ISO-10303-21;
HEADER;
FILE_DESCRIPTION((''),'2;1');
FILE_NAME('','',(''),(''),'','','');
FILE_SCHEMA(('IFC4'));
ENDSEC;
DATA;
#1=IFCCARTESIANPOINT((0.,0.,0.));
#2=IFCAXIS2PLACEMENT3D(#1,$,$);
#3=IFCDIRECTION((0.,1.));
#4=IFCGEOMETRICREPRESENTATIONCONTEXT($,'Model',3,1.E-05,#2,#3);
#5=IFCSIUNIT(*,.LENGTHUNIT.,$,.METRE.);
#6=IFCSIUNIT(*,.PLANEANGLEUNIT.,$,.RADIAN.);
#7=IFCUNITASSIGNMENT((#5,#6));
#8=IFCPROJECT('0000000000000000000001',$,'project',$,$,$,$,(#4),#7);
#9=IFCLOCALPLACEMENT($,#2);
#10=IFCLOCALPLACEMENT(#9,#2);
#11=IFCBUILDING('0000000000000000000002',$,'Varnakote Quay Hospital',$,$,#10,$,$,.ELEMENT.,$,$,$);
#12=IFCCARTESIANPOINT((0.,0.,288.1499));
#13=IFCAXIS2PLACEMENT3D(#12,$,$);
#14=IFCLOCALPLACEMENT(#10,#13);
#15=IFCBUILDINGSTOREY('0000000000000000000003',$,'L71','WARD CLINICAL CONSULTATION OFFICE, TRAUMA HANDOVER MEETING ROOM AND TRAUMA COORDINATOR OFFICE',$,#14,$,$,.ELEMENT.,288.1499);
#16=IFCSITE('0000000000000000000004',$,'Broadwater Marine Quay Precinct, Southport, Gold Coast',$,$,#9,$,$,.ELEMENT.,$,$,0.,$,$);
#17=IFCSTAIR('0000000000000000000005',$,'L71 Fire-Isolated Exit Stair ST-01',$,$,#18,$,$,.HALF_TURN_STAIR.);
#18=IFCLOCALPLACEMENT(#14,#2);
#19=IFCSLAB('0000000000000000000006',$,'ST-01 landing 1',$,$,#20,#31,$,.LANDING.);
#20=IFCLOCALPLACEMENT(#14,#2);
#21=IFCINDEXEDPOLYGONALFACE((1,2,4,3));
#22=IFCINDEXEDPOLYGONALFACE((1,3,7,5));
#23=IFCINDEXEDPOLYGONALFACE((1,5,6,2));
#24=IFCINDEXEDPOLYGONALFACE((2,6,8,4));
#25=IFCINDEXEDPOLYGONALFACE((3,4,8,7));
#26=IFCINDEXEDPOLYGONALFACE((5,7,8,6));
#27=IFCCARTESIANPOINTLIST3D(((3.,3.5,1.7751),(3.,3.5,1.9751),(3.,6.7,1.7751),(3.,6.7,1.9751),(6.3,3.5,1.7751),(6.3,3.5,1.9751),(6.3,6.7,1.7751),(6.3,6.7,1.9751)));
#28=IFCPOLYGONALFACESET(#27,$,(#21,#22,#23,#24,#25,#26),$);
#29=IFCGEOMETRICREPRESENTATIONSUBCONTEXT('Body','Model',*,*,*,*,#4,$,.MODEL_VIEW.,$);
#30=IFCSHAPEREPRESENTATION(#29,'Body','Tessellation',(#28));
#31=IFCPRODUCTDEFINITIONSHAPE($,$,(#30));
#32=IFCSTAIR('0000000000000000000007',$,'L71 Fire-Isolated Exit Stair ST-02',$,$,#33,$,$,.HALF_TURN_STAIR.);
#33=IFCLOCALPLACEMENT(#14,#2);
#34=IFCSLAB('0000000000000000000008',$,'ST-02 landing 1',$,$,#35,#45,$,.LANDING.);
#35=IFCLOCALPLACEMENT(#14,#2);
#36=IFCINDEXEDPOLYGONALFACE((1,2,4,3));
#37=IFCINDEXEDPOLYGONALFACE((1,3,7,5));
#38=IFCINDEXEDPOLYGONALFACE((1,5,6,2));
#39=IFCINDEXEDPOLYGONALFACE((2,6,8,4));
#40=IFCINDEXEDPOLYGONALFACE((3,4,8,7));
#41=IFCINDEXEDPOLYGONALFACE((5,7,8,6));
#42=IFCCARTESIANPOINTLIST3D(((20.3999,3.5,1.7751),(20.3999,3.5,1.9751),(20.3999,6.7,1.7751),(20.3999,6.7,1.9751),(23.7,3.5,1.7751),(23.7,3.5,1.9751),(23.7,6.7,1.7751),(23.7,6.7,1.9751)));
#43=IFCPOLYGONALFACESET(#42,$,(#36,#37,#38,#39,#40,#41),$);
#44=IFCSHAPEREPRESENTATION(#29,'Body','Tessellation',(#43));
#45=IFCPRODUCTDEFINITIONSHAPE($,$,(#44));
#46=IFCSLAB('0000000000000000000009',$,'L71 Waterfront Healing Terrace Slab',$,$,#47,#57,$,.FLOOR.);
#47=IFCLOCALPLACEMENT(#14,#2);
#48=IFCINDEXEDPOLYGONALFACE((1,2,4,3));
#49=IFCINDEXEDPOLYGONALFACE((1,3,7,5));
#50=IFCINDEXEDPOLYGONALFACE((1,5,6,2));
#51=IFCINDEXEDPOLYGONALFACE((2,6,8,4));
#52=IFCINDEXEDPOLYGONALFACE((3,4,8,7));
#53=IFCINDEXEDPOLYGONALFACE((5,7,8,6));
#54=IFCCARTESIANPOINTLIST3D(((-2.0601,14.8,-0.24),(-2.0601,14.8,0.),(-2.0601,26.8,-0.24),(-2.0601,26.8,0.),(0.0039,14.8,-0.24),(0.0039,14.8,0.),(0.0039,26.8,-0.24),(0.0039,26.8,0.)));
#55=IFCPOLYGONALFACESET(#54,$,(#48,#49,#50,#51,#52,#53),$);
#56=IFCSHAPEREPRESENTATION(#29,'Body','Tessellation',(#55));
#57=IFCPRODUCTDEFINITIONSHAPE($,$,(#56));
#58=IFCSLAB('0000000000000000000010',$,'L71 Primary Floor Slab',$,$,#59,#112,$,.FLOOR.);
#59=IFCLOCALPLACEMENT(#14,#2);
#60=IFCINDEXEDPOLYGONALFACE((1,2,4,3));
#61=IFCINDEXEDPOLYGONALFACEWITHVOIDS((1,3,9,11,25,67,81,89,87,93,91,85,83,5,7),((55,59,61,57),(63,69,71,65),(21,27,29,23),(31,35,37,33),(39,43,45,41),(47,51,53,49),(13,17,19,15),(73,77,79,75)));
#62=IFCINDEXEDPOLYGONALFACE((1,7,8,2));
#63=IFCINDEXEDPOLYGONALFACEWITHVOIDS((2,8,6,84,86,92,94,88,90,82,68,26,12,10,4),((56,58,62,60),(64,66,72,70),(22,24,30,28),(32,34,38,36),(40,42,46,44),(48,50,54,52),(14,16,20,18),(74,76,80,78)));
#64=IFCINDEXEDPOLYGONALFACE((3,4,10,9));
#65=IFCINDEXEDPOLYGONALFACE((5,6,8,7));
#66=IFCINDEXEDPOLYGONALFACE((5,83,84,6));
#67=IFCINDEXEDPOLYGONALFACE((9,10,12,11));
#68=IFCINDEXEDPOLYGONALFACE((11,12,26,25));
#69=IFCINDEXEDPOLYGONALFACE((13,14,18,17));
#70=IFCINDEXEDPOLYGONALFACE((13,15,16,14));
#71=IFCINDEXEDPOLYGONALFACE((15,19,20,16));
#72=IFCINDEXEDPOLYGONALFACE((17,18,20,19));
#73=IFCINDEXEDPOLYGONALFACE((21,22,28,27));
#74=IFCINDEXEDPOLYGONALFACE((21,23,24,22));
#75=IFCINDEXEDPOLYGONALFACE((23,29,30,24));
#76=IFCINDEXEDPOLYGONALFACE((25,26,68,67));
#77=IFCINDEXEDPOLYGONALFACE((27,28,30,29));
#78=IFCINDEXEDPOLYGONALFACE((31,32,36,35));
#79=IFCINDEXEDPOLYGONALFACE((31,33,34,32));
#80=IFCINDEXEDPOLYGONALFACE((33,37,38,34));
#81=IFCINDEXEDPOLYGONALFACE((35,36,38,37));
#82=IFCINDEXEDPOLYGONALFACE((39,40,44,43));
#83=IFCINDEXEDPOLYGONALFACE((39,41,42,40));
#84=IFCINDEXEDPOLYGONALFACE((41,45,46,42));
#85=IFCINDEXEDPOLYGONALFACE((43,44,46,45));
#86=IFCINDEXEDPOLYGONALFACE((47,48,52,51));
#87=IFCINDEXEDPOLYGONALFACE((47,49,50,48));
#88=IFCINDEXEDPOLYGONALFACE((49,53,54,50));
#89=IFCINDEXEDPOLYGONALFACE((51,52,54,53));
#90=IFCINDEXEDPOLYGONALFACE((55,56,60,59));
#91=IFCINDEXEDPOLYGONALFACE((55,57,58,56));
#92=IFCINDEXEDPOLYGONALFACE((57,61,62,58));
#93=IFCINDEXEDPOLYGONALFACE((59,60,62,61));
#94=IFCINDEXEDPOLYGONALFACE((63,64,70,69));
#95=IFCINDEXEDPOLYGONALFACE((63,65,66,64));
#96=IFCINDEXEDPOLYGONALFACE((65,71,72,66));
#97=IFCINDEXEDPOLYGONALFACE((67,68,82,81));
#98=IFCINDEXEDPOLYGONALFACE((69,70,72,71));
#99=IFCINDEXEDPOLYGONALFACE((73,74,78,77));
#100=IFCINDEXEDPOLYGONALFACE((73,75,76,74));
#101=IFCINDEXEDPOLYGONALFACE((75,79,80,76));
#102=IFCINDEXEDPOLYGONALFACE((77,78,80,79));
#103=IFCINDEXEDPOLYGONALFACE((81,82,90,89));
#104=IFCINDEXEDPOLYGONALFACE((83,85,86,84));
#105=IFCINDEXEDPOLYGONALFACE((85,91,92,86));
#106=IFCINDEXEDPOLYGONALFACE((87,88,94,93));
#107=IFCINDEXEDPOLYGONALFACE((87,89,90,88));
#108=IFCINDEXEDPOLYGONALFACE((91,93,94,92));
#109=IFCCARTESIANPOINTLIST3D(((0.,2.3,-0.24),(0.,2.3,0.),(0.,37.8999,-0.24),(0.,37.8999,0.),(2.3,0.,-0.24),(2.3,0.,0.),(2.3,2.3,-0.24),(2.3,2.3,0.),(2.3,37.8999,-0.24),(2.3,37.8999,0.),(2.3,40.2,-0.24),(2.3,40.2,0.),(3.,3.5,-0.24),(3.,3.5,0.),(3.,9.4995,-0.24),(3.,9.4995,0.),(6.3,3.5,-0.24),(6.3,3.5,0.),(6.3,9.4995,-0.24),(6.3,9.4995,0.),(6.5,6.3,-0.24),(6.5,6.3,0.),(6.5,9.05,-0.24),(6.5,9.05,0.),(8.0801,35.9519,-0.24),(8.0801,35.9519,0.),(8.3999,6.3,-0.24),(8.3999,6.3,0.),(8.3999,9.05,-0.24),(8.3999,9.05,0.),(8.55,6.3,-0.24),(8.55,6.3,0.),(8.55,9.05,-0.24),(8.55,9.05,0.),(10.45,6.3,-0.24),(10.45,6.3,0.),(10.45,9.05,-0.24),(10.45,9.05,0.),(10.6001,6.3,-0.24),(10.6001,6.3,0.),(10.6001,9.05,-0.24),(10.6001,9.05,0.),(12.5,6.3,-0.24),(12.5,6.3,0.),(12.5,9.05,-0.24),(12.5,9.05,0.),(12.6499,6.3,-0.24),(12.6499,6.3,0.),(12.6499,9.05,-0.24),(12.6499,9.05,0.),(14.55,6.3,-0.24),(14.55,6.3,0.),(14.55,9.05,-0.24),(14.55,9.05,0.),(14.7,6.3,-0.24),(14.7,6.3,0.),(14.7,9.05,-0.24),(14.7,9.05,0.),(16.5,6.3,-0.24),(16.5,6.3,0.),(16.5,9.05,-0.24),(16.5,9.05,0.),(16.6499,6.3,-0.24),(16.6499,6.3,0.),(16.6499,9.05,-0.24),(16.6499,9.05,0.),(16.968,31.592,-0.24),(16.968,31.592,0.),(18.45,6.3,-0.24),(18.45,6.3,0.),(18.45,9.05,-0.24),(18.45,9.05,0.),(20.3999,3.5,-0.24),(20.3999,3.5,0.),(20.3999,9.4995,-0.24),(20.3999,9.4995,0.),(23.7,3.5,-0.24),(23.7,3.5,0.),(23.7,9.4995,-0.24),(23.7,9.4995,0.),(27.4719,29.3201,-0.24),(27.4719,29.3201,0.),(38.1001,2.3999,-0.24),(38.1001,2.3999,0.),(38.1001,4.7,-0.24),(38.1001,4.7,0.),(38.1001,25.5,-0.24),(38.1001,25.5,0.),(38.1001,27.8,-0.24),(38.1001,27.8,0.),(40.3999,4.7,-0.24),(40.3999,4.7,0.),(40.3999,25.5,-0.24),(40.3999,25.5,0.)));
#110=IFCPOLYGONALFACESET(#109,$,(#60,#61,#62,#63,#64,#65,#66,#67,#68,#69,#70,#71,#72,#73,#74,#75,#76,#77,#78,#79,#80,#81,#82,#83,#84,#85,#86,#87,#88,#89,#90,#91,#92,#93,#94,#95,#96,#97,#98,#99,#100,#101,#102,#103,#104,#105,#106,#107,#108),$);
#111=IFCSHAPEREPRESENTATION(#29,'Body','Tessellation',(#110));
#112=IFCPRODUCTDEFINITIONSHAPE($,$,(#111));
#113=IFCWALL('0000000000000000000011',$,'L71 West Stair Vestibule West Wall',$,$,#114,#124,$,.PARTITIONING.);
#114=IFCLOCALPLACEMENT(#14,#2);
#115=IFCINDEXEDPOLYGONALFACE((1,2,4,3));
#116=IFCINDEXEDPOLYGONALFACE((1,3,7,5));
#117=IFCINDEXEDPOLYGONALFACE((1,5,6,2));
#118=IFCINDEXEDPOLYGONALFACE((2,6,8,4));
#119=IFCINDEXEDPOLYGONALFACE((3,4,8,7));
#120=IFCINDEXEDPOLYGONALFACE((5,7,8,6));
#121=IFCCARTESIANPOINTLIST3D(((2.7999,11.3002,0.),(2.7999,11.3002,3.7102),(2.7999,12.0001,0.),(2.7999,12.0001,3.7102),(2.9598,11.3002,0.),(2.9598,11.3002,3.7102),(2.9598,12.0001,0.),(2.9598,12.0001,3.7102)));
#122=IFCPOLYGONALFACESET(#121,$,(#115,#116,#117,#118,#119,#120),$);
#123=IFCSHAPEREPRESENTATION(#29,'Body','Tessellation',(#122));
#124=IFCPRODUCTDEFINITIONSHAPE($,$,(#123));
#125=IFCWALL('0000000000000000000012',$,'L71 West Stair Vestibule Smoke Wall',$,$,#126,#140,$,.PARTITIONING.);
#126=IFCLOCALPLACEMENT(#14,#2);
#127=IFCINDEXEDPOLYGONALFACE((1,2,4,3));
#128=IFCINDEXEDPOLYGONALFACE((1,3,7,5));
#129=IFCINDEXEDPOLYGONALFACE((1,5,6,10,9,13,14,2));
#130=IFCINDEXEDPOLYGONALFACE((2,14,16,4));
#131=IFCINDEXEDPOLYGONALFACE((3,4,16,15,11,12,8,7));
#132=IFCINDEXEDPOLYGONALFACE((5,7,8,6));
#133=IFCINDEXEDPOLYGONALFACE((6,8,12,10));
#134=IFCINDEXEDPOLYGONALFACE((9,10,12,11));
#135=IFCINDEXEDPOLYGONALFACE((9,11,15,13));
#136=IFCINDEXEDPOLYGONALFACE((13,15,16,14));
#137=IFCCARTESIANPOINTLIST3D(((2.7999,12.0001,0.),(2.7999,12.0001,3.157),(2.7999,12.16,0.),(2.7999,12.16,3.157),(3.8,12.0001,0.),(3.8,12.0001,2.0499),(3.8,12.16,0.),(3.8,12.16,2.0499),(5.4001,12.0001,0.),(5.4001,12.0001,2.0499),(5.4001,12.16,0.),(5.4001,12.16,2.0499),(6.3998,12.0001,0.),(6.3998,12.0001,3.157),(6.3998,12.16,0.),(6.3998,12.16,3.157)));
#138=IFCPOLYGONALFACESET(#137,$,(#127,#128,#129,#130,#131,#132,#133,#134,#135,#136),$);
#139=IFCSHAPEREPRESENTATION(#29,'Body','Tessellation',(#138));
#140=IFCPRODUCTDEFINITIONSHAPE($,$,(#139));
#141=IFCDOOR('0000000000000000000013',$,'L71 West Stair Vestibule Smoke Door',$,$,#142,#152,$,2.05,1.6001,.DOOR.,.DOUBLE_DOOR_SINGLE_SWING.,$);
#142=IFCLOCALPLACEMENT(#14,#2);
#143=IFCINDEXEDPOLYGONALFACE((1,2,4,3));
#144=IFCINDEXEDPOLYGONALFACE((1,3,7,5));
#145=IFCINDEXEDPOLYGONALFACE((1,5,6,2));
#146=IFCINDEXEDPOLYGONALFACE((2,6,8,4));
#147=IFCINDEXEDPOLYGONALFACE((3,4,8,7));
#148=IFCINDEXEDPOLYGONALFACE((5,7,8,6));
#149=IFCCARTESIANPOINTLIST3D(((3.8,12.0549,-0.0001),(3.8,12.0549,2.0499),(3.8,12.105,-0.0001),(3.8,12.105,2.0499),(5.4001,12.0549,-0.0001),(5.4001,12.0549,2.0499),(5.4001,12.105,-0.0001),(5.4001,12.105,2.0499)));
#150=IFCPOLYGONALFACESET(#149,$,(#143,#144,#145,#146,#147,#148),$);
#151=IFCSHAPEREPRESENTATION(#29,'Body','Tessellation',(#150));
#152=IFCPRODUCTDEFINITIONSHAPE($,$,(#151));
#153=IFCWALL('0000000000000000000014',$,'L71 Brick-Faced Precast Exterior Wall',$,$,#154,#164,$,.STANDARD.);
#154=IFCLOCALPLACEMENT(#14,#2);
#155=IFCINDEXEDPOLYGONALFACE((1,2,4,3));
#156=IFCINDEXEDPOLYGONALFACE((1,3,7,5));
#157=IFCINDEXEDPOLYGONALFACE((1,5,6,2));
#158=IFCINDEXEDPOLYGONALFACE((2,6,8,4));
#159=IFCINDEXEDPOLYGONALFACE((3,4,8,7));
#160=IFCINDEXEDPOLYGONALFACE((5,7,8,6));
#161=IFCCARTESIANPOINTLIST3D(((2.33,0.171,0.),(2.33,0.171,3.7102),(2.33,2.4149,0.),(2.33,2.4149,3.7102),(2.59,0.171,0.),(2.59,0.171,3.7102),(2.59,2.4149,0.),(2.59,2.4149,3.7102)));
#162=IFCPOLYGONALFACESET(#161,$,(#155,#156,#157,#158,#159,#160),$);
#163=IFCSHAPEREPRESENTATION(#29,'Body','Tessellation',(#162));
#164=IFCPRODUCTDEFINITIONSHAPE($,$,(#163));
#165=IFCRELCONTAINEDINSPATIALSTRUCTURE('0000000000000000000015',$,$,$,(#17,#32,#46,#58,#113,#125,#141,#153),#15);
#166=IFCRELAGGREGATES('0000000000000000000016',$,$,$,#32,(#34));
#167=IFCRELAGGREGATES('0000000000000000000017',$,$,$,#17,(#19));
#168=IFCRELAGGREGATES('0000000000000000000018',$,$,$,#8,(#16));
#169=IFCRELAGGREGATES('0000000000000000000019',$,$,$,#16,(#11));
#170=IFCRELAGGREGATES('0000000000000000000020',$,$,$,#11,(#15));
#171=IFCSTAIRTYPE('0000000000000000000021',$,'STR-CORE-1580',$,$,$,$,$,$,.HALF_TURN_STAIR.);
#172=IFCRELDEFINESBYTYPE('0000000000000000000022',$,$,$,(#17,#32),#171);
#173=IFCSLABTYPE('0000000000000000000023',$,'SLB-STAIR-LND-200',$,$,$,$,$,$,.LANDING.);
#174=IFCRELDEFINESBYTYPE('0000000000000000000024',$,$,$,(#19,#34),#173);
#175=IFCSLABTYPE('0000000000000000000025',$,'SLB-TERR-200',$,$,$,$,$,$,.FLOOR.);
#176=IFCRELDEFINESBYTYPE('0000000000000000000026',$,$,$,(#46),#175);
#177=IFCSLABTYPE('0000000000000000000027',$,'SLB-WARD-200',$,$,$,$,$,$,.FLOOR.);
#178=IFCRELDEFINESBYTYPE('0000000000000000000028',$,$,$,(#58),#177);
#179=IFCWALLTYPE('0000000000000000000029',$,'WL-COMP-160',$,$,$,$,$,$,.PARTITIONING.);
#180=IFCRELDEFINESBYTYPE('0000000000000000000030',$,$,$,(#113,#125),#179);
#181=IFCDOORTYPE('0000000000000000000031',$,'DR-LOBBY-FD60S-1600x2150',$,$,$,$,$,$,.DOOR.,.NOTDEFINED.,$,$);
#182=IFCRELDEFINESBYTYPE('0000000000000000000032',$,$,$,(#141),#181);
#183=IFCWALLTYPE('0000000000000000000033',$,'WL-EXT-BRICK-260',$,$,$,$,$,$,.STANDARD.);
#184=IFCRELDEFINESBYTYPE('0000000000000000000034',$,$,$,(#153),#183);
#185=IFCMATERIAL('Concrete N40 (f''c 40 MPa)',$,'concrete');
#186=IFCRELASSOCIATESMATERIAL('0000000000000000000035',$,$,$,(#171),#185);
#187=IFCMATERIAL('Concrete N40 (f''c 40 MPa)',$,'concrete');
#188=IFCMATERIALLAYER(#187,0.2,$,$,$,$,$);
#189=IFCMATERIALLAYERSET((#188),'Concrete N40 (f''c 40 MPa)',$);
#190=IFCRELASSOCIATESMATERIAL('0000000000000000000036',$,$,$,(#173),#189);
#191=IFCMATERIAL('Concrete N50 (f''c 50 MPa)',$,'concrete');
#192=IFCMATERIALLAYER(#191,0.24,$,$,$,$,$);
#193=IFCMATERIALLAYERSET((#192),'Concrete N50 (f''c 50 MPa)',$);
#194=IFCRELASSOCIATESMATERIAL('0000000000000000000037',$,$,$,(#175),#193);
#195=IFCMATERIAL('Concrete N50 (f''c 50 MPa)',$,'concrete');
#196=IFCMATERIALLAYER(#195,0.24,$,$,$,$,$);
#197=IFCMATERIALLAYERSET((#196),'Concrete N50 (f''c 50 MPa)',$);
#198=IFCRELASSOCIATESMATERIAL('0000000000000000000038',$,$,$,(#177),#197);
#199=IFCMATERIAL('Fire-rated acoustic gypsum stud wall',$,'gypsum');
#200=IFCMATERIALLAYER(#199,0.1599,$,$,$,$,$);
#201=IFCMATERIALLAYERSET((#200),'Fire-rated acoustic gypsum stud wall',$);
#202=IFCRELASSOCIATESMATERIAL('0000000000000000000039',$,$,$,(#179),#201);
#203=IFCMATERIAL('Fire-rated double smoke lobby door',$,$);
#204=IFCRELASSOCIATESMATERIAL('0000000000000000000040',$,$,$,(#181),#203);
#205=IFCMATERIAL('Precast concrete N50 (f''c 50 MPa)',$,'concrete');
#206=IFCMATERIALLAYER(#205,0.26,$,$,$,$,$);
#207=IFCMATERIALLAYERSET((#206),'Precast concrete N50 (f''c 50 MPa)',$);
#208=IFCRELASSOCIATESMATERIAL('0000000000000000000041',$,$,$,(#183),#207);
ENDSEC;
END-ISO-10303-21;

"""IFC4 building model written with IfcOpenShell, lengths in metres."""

from ifc_helpers import new_model, si_unit, direction, frame, frame_2d, origin, place, context, subcontext, project, spatial, polyline, rectangle, outline, extrude, material, layer, layer_set, type_object, element, fill, aggregate, save


model = new_model("IFC4")

# Units and contexts
model_context = context("Model", 3, precision=1e-05, world=origin(), true_north=direction((0.0, 1.0)))
body_context = subcontext(model_context, "Body", "Model", "MODEL_VIEW")
ifc_project = project(units=[si_unit("LENGTHUNIT", "METRE"), si_unit("PLANEANGLEUNIT", "RADIAN")], contexts=[model_context])

# Site, building, storey
site_placement = place(None, origin())
site = spatial("IfcSite", under=ifc_project, at=site_placement, Name="Broadwater Marine Quay Precinct, Southport, Gold Coast", CompositionType="ELEMENT", RefElevation=0.0)
building_placement = place(site_placement, origin())
building = spatial("IfcBuilding", under=site, at=building_placement, Name="Varnakote Quay Hospital", CompositionType="ELEMENT")
storey_placement = place(building_placement, frame((0.0, 0.0, 288.1499)))
storey = spatial("IfcBuildingStorey", under=building, at=storey_placement, Name="L71", Description="WARD CLINICAL CONSULTATION OFFICE, TRAUMA HANDOVER MEETING ROOM AND TRAUMA COORDINATOR OFFICE", CompositionType="ELEMENT", Elevation=288.1499)

# Stairs, slabs
ifc_material_1 = material(Name="Concrete N40 (f'c 40 MPa)", Category="concrete")
stair_type = type_object("IfcStairType", Name="STR-CORE-1580", PredefinedType="HALF_TURN_STAIR", material=ifc_material_1)
stair_1_placement = place(storey_placement, origin())
stair_1 = element("IfcStair", 1, at=stair_1_placement, inside=storey, type_object=stair_type, Name="L71 Fire-Isolated Exit Stair ST-01", PredefinedType="HALF_TURN_STAIR")
ifc_material_2 = material(Name="Concrete N40 (f'c 40 MPa)", Category="concrete")
ifc_layer_1 = layer(ifc_material_2, 0.2)
ifc_layer_set_1 = layer_set([ifc_layer_1], Name="Concrete N40 (f'c 40 MPa)")
slab_type_1 = type_object("IfcSlabType", Name="SLB-STAIR-LND-200", PredefinedType="LANDING", material=ifc_layer_set_1)
slab_1_placement = place(storey_placement, frame((0.0, 0.0, 1.7751)))
slab_1 = element("IfcSlab", 2, at=slab_1_placement, type_object=slab_type_1, Name="ST-01 landing 1", PredefinedType="LANDING", context=body_context, shape_type="SweptSolid", body=[
    extrude(outline(polyline([(3.0, 6.7), (3.0, 3.5), (6.3, 3.5), (6.3, 6.7), (3.0, 6.7)])), origin(), (0.0, 0.0, 1.0), 0.2),
])
stair_2_placement = place(storey_placement, origin())
stair_2 = element("IfcStair", 3, at=stair_2_placement, inside=storey, type_object=stair_type, Name="L71 Fire-Isolated Exit Stair ST-02", PredefinedType="HALF_TURN_STAIR")
slab_2_placement = place(storey_placement, frame((0.0, 0.0, 1.7751)))
slab_2 = element("IfcSlab", 4, at=slab_2_placement, type_object=slab_type_1, Name="ST-02 landing 1", PredefinedType="LANDING", context=body_context, shape_type="SweptSolid", body=[
    extrude(outline(polyline([(20.3999, 6.7), (20.3999, 3.5), (23.7, 3.5), (23.7, 6.7), (20.3999, 6.7)])), origin(), (0.0, 0.0, 1.0), 0.2),
])
aggregate(stair_2, [slab_2])

# Slabs
ifc_material_3 = material(Name="Concrete N50 (f'c 50 MPa)", Category="concrete")
ifc_layer_2 = layer(ifc_material_3, 0.24)
ifc_layer_set_2 = layer_set([ifc_layer_2], Name="Concrete N50 (f'c 50 MPa)")
slab_type_2 = type_object("IfcSlabType", Name="SLB-TERR-200", PredefinedType="FLOOR", material=ifc_layer_set_2)
slab_3_placement = place(storey_placement, frame((0.0, 0.0, -0.24)))
element("IfcSlab", 5, at=slab_3_placement, inside=storey, type_object=slab_type_2, Name="L71 Waterfront Healing Terrace Slab", PredefinedType="FLOOR", context=body_context, shape_type="SweptSolid", body=[
    extrude(outline(polyline([(0.0039, 14.8), (0.0039, 26.8), (-2.0601, 26.8), (-2.0601, 14.8), (0.0039, 14.8)])), origin(), (0.0, 0.0, 1.0), 0.24),
])
ifc_material_4 = material(Name="Concrete N50 (f'c 50 MPa)", Category="concrete")
ifc_layer_3 = layer(ifc_material_4, 0.24)
ifc_layer_set_3 = layer_set([ifc_layer_3], Name="Concrete N50 (f'c 50 MPa)")
slab_type_3 = type_object("IfcSlabType", Name="SLB-WARD-200", PredefinedType="FLOOR", material=ifc_layer_set_3)
slab_4_placement = place(storey_placement, frame((0.0, 0.0, -0.24)))
element("IfcSlab", 6, at=slab_4_placement, inside=storey, type_object=slab_type_3, Name="L71 Primary Floor Slab", PredefinedType="FLOOR", context=body_context, shape_type="SweptSolid", body=[
    extrude(outline(polyline([(0.0, 2.3), (2.3, 2.3), (2.3, 0.0), (38.1001, 2.3999), (38.1001, 4.7), (40.3999, 4.7), (40.3999, 25.5), (38.1001, 25.5), (38.1001, 27.8), (27.4719, 29.3201), (16.968, 31.592), (8.0801, 35.9519), (2.3, 40.2), (2.3, 37.8999), (0.0, 37.8999), (0.0, 2.3)]), holes=[polyline([(3.0, 3.5), (6.3, 3.5), (6.3, 9.4995), (3.0, 9.4995), (3.0, 3.5)]), polyline([(20.3999, 3.5), (23.7, 3.5), (23.7, 9.4995), (20.3999, 9.4995), (20.3999, 3.5)]), polyline([(6.5, 6.3), (8.3999, 6.3), (8.3999, 9.05), (6.5, 9.05), (6.5, 6.3)]), polyline([(8.55, 6.3), (10.45, 6.3), (10.45, 9.05), (8.55, 9.05), (8.55, 6.3)]), polyline([(10.6001, 6.3), (12.5, 6.3), (12.5, 9.05), (10.6001, 9.05), (10.6001, 6.3)]), polyline([(12.6499, 6.3), (14.55, 6.3), (14.55, 9.05), (12.6499, 9.05), (12.6499, 6.3)]), polyline([(14.7, 6.3), (16.5, 6.3), (16.5, 9.05), (14.7, 9.05), (14.7, 6.3)]), polyline([(16.6499, 6.3), (18.45, 6.3), (18.45, 9.05), (16.6499, 9.05), (16.6499, 6.3)])]), origin(), (0.0, 0.0, 1.0), 0.24),
])

# Wall
ifc_material_5 = material(Name="Fire-rated acoustic gypsum stud wall", Category="gypsum")
ifc_layer_4 = layer(ifc_material_5, 0.1599)
ifc_layer_set_4 = layer_set([ifc_layer_4], Name="Fire-rated acoustic gypsum stud wall")
wall_type_1 = type_object("IfcWallType", Name="WL-COMP-160", PredefinedType="PARTITIONING", material=ifc_layer_set_4)
wall_1_placement = place(storey_placement, frame((2.8799, 11.3, 0.0), z_axis=(0.0, 0.0, 1.0), x_axis=(0.0, 1.0, 0.0)))
element("IfcWall", 7, at=wall_1_placement, inside=storey, type_object=wall_type_1, Name="L71 West Stair Vestibule West Wall", PredefinedType="PARTITIONING", context=body_context, shape_type="SweptSolid", body=[
    extrude(rectangle(XDim=0.7, YDim=0.1599, at=frame_2d((0.3501, 0.0))), origin(), (0.0, 0.0, 1.0), 3.7102),
])

# Wall, opening, door
wall_2_placement = place(storey_placement, frame((2.8, 12.0801, 0.0), z_axis=(0.0, 0.0, 1.0), x_axis=(1.0, 0.0, 0.0)))
wall_2 = element("IfcWall", 8, at=wall_2_placement, inside=storey, type_object=wall_type_1, Name="L71 West Stair Vestibule Smoke Wall", PredefinedType="PARTITIONING", context=body_context, shape_type="SweptSolid", body=[
    extrude(rectangle(XDim=3.5999, YDim=0.1599, at=frame_2d((1.7998, 0.0))), origin(), (0.0, 0.0, 1.0), 3.157),
])
opening_1_placement = place(wall_2_placement, frame((1.0, 0.0, 0.0)))
opening_1 = element("IfcOpeningElement", 9, at=opening_1_placement, cuts=wall_2, PredefinedType="OPENING", context=body_context, shape_type="SweptSolid", body=[
    extrude(rectangle(XDim=1.6001, YDim=2.05, at=frame_2d((0.8, 1.0249))), frame((0.0, 0.0898, 0.0), z_axis=(0.0, -1.0, 0.0), x_axis=(1.0, 0.0, 0.0)), (0.0, 0.0, 1.0), 0.1799),
])
ifc_material_6 = material(Name="Fire-rated double smoke lobby door")
door_type_1 = type_object("IfcDoorType", Name="DR-LOBBY-FD60S-1600x2150", OperationType="NOTDEFINED", PredefinedType="DOOR", material=ifc_material_6)
door_1_placement = place(opening_1_placement, origin())
door_1 = element("IfcDoor", 10, at=door_1_placement, inside=storey, type_object=door_type_1, Name="L71 West Stair Vestibule Smoke Door", OperationType="DOUBLE_DOOR_SINGLE_SWING", OverallHeight=2.05, OverallWidth=1.6001, PredefinedType="DOOR", context=body_context, shape_type="SweptSolid", body=[
    extrude(rectangle(XDim=1.6001, YDim=2.05, at=frame_2d((0.8, 1.0249))), frame((0.0, 0.0249, 0.0), z_axis=(0.0, -1.0, 0.0), x_axis=(1.0, 0.0, 0.0)), (0.0, 0.0, 1.0), 0.05),
])
fill(opening_1, door_1)

# Wall
ifc_material_7 = material(Name="Precast concrete N50 (f'c 50 MPa)", Category="concrete")
ifc_layer_5 = layer(ifc_material_7, 0.26)
ifc_layer_set_5 = layer_set([ifc_layer_5], Name="Precast concrete N50 (f'c 50 MPa)")
wall_type_2 = type_object("IfcWallType", Name="WL-EXT-BRICK-260", PredefinedType="STANDARD", material=ifc_layer_set_5)
wall_3_placement = place(storey_placement, frame((2.46, 2.415, 0.0), z_axis=(0.0, 0.0, 1.0), x_axis=(0.0, -1.0, 0.0)))
element("IfcWall", 11, at=wall_3_placement, inside=storey, type_object=wall_type_2, Name="L71 Brick-Faced Precast Exterior Wall", PredefinedType="STANDARD", context=body_context, shape_type="SweptSolid", body=[
    extrude(rectangle(XDim=2.2439, YDim=0.26, at=frame_2d((1.1221, 0.0))), origin(), (0.0, 0.0, 1.0), 3.7102),
])

aggregate(stair_1, [slab_1])

save(model, "model.ifc")
